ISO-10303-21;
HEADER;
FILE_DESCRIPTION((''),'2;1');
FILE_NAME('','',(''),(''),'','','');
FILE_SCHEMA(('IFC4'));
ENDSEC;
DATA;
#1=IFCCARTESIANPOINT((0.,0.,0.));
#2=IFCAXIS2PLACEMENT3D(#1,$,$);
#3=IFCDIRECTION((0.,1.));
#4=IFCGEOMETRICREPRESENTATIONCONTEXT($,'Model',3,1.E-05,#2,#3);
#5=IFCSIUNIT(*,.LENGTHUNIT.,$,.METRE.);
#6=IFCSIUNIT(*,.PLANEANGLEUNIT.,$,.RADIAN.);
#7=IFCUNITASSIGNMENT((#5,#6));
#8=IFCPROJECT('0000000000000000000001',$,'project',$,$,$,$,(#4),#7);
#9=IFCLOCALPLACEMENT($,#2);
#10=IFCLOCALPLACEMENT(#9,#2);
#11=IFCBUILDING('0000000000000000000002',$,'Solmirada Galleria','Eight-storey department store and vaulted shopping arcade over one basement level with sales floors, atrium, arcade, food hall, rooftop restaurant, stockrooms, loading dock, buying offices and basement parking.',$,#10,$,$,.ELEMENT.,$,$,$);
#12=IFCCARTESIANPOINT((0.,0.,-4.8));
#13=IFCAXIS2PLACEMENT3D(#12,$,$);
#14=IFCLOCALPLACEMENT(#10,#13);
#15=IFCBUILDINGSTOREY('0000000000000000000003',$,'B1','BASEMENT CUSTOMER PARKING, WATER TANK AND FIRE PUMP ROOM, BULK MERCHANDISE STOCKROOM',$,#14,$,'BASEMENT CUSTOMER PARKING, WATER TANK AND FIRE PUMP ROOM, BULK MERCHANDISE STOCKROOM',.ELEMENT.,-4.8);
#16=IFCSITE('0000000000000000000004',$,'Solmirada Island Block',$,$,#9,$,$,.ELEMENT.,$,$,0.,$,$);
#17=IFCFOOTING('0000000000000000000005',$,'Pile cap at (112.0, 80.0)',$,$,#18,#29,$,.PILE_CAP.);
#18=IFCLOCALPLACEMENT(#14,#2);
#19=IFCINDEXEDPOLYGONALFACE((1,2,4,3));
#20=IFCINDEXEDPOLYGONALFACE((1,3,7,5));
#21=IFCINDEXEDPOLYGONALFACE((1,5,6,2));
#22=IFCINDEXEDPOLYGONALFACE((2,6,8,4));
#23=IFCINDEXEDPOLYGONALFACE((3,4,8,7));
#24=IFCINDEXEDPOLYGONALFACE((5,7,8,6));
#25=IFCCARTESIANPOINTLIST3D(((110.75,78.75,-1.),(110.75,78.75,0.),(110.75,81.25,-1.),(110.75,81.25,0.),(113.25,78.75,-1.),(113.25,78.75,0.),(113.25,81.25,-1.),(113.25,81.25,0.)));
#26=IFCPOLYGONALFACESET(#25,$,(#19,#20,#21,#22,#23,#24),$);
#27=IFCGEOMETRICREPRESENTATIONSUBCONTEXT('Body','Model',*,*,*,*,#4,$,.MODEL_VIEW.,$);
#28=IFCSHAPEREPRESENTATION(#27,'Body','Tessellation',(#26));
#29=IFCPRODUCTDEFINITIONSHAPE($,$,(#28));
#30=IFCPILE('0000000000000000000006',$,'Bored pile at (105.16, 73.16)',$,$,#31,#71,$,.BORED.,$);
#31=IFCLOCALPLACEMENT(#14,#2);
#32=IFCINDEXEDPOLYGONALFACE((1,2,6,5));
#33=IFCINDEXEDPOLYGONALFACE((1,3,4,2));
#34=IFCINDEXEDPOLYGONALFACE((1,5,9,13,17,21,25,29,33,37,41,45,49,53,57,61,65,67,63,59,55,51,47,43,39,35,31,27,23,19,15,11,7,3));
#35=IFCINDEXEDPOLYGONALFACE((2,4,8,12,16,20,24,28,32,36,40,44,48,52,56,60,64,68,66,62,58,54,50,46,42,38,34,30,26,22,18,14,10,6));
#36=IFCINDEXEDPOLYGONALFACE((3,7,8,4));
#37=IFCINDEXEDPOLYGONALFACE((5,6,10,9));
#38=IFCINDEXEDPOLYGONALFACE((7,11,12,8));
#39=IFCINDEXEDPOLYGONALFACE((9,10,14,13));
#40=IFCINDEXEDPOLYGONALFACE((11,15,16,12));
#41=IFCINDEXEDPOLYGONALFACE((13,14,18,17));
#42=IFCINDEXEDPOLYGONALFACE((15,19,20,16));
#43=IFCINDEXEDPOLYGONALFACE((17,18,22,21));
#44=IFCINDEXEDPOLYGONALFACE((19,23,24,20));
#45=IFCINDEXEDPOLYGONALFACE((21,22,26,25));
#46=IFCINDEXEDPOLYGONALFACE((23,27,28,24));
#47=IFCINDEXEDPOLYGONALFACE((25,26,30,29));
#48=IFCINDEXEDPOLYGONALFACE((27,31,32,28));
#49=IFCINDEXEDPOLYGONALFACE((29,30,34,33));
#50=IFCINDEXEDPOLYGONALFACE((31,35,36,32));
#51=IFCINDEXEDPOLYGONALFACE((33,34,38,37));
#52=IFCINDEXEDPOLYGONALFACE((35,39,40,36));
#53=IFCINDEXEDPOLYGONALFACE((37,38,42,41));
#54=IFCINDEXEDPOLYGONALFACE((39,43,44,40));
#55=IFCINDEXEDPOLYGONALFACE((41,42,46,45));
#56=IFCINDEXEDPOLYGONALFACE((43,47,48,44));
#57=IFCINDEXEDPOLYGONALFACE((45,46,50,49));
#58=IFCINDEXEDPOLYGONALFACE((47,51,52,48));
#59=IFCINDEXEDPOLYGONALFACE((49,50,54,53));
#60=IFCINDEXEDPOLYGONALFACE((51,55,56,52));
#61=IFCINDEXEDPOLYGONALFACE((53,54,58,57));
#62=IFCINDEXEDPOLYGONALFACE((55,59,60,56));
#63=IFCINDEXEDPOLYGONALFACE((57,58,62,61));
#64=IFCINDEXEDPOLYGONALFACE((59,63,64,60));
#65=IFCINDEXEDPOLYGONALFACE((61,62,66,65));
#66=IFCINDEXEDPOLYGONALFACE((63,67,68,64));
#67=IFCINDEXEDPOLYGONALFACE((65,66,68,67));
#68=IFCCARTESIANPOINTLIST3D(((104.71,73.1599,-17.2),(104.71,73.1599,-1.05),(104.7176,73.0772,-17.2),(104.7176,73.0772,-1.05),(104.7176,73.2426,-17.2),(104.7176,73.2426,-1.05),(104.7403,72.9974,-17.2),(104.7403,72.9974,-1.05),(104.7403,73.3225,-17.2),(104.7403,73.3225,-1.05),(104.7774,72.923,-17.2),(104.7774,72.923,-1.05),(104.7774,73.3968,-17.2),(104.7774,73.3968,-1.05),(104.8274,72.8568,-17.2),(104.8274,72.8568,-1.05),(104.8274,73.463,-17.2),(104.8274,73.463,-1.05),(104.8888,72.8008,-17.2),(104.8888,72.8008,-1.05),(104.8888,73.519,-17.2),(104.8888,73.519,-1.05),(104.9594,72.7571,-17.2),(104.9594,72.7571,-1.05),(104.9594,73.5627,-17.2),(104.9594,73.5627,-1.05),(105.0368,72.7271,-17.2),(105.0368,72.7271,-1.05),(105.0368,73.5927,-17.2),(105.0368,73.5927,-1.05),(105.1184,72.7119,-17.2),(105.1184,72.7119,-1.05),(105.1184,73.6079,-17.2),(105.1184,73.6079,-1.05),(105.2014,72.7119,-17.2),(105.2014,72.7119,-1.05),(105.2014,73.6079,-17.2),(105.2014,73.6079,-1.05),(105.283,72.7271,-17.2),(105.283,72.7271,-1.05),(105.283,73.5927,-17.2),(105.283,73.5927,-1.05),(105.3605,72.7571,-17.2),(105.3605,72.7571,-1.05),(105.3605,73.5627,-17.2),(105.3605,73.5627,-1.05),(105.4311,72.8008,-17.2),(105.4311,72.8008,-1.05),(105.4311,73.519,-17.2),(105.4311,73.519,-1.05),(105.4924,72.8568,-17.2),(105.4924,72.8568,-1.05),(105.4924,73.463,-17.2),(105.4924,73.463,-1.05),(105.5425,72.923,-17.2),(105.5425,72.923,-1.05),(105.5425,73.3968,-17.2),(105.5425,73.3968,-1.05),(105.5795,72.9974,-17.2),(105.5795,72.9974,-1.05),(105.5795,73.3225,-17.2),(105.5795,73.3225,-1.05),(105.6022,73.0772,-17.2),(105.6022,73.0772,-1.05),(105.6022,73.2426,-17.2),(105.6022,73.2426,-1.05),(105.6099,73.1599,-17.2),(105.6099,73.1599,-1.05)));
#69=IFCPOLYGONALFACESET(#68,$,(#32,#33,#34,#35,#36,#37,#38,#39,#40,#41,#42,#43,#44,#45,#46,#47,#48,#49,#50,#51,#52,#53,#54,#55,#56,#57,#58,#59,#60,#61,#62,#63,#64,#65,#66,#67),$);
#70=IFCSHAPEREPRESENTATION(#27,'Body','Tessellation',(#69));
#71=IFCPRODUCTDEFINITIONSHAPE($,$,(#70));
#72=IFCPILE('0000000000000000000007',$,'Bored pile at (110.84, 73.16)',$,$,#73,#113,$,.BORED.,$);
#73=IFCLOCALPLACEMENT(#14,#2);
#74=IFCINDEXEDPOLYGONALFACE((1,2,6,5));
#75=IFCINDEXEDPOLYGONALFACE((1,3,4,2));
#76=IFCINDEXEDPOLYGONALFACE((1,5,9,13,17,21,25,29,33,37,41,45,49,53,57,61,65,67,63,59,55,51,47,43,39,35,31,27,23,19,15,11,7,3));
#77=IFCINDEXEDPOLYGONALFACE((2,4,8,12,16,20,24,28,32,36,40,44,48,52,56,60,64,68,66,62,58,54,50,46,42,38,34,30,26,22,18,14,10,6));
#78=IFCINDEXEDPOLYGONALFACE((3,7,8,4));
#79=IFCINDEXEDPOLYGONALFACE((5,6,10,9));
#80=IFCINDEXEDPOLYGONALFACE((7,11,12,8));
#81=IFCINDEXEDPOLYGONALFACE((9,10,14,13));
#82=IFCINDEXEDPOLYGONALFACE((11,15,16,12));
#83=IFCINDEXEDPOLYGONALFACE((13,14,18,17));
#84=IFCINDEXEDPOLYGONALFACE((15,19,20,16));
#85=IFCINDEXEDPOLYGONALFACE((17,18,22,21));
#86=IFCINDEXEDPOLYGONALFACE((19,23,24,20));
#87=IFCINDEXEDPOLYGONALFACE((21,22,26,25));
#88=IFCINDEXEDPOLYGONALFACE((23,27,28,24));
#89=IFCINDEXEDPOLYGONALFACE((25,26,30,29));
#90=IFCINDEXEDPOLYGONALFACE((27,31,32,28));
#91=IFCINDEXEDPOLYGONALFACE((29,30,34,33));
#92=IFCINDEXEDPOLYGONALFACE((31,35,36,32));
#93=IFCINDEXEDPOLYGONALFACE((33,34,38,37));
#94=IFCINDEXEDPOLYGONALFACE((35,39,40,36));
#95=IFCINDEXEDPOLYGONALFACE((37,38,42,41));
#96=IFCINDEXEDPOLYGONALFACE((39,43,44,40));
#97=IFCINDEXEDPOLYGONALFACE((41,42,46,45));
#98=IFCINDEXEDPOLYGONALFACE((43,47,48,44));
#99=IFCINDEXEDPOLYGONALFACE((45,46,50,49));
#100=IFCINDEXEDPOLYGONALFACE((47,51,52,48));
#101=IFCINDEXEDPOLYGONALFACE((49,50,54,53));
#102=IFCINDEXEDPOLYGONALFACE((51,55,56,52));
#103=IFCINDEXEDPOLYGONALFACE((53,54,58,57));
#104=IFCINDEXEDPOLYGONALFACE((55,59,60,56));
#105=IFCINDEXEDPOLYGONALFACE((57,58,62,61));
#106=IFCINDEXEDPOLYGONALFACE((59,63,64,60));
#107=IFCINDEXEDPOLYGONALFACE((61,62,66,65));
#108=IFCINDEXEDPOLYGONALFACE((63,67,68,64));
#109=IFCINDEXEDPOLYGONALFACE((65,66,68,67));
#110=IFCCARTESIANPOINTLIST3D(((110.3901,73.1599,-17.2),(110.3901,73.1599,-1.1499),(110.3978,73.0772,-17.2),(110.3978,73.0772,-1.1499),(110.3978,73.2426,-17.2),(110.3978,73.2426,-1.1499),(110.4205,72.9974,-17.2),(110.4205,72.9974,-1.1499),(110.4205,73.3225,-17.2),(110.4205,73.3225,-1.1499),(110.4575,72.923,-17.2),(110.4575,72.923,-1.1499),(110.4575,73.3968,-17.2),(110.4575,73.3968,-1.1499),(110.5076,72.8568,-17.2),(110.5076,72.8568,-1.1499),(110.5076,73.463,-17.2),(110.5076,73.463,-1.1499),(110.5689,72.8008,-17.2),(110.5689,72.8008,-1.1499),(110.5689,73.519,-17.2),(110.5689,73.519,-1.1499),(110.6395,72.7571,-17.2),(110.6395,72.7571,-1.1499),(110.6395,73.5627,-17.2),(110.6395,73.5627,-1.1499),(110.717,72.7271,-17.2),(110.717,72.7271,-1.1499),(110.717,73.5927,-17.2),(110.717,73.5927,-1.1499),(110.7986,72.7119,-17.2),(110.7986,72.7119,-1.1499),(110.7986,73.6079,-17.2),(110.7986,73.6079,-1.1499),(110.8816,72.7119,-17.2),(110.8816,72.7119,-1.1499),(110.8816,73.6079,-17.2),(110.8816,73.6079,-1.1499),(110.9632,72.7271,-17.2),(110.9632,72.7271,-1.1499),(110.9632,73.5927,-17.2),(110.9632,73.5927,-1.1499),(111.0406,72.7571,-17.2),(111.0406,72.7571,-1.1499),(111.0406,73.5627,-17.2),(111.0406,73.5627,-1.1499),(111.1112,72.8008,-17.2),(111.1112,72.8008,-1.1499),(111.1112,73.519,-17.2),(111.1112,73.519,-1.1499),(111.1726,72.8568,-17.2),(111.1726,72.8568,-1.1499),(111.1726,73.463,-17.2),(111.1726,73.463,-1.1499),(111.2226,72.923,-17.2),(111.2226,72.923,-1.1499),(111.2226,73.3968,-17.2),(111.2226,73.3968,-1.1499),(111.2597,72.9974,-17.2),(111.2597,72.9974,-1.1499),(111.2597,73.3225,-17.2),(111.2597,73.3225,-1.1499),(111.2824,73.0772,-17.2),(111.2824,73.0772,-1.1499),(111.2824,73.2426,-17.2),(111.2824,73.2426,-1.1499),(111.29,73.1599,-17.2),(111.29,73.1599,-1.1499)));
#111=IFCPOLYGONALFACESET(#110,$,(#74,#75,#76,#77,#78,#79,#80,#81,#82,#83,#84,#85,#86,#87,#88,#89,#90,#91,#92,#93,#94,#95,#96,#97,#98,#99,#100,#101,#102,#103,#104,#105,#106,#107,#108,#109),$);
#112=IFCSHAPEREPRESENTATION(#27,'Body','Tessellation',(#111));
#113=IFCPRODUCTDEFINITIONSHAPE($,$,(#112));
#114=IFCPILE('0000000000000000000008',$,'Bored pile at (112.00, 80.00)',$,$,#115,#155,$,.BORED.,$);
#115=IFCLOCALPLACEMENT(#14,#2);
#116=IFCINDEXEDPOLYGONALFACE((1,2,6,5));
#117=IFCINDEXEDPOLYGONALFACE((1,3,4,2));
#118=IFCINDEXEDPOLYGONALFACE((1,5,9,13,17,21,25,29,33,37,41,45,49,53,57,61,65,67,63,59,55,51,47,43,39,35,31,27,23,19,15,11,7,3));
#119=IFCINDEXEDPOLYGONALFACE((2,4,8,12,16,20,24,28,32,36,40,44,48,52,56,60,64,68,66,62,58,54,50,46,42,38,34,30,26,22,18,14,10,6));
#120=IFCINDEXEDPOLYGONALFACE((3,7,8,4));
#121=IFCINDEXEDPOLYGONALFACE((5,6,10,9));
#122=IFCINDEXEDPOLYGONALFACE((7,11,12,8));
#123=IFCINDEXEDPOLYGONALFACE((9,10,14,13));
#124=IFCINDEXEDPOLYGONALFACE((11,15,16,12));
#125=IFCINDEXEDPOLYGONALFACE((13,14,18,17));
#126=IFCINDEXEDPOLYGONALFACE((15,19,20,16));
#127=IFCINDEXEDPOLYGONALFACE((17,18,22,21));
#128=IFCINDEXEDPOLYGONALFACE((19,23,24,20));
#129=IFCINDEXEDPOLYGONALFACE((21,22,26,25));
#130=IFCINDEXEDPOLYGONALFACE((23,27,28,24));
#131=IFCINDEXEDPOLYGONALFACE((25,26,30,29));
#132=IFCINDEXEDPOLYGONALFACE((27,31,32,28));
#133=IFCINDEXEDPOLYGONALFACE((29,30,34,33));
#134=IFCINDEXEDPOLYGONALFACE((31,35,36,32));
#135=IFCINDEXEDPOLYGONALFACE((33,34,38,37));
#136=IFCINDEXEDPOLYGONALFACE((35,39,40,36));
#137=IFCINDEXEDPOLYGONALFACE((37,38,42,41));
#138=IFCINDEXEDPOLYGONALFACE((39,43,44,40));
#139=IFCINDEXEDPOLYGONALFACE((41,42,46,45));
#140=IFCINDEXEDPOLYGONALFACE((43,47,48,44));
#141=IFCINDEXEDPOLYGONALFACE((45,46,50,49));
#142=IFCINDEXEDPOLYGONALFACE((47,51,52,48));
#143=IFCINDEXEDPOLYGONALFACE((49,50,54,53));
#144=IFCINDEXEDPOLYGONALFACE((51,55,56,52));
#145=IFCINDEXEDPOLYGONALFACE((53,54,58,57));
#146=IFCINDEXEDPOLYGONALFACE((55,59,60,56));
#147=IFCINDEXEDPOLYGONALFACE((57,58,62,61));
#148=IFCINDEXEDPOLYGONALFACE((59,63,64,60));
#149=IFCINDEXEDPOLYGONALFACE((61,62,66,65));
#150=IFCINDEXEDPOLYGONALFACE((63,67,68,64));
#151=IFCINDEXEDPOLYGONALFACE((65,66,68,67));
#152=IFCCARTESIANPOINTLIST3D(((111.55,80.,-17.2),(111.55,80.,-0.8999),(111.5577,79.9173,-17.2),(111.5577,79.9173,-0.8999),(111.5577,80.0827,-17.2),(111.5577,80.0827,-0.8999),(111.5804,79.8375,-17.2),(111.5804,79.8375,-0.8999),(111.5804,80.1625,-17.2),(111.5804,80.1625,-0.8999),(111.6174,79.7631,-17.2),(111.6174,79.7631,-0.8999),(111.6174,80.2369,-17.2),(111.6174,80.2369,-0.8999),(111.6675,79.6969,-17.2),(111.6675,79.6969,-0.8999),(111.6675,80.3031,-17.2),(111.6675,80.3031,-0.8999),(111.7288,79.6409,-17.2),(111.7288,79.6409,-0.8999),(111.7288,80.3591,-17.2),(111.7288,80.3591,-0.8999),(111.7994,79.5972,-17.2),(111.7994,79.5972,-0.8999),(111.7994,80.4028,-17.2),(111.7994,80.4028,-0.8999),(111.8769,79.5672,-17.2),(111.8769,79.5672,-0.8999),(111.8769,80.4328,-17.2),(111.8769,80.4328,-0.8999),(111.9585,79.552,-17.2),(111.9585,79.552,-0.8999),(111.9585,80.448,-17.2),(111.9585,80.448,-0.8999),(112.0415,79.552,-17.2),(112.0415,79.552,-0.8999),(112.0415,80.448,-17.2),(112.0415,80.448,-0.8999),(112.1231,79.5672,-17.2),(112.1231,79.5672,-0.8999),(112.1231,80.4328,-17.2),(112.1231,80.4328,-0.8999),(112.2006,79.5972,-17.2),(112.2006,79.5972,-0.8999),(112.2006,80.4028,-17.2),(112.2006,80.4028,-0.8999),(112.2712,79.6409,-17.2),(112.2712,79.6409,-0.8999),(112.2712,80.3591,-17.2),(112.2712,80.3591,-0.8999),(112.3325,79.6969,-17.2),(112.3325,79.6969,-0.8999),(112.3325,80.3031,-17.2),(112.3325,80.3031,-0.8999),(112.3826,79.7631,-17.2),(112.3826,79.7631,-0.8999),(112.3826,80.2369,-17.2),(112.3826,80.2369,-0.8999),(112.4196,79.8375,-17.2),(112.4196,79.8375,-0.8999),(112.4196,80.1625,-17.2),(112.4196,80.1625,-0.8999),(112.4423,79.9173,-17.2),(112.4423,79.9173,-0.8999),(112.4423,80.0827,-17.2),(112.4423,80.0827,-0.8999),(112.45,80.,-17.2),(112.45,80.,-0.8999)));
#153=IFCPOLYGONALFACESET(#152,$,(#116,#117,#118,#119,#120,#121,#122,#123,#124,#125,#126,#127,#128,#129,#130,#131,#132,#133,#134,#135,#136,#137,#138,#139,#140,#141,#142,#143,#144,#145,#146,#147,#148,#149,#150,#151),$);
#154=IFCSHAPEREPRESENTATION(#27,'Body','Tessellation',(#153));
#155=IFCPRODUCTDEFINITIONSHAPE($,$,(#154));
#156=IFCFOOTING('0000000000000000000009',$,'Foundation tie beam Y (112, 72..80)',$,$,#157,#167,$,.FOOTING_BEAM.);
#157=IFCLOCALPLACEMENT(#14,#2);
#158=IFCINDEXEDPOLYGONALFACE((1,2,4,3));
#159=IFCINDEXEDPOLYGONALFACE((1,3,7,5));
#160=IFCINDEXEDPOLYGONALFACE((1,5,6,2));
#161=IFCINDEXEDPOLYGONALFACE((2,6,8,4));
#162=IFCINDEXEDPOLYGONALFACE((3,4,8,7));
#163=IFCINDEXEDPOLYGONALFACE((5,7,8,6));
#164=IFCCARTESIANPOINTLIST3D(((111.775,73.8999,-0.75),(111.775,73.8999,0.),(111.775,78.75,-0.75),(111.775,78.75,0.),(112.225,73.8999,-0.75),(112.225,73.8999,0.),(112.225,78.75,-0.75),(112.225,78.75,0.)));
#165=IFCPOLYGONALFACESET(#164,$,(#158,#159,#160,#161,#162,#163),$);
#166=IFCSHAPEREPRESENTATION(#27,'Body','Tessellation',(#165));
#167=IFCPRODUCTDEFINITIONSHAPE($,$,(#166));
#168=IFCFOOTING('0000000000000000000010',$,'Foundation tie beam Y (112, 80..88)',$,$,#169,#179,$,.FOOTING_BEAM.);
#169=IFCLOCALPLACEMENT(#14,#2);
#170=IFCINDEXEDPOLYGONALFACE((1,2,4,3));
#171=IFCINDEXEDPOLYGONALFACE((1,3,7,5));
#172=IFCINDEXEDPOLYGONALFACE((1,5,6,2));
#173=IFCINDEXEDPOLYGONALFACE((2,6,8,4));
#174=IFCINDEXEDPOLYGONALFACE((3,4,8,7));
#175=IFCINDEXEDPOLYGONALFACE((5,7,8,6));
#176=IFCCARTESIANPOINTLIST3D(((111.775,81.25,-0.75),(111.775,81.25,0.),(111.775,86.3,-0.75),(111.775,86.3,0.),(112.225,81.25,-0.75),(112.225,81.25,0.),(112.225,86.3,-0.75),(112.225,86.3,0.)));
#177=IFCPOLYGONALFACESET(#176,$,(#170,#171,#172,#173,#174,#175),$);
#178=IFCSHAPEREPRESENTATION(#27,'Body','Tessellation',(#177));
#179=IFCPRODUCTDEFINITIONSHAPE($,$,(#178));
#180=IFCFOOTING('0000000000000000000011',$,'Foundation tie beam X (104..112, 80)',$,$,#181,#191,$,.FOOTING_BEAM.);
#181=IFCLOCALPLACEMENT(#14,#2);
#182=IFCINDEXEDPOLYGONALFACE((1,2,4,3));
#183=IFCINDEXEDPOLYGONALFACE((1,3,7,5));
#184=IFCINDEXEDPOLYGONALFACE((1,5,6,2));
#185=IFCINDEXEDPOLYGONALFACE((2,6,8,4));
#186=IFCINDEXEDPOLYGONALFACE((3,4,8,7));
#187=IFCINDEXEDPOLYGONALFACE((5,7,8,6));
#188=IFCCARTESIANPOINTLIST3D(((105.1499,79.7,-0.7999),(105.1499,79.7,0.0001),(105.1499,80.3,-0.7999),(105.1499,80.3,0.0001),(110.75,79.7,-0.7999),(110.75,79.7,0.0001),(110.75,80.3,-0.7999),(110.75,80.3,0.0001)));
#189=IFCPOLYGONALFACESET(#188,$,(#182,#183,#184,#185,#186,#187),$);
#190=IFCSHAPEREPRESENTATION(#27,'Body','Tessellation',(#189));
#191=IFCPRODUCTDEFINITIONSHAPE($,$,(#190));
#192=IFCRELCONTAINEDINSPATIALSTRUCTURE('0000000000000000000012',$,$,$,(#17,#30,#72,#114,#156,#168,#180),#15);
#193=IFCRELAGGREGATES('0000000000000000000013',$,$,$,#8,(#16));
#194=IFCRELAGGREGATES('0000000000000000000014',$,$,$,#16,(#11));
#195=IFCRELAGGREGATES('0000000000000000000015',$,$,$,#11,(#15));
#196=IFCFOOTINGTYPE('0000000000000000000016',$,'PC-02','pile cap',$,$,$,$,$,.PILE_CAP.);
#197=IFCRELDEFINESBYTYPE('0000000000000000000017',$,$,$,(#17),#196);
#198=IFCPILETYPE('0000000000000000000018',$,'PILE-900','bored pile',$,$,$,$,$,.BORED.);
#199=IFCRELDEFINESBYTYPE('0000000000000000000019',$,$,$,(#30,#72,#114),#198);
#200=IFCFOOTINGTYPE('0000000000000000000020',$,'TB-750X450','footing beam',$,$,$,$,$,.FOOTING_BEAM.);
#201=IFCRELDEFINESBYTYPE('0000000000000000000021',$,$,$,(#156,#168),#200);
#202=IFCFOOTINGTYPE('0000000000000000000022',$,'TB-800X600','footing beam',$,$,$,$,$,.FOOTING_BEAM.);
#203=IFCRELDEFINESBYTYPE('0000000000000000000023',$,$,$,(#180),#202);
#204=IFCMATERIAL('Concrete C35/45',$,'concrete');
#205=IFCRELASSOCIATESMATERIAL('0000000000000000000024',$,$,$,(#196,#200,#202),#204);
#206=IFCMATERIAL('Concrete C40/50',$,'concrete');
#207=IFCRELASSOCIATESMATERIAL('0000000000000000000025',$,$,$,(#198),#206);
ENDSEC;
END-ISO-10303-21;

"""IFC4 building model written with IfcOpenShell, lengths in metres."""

from ifc_helpers import new_model, si_unit, direction, frame, origin, origin_2d, place, context, subcontext, project, spatial, rectangle, circle, extrude, material, material_profile, profile_set, type_object, element, save


model = new_model("IFC4")

# Units and contexts
model_context = context("Model", 3, precision=1e-05, world=origin(), true_north=direction((0.0, 1.0)))
body_context = subcontext(model_context, "Body", "Model", "MODEL_VIEW")
ifc_project = project(units=[si_unit("LENGTHUNIT", "METRE"), si_unit("PLANEANGLEUNIT", "RADIAN")], contexts=[model_context])

# Site, building, storey
site_placement = place(None, origin())
site = spatial("IfcSite", under=ifc_project, at=site_placement, Name="Solmirada Island Block", CompositionType="ELEMENT", RefElevation=0.0)
building_placement = place(site_placement, origin())
building = spatial("IfcBuilding", under=site, at=building_placement, Name="Solmirada Galleria", Description="Eight-storey department store and vaulted shopping arcade over one basement level with sales floors, atrium, arcade, food hall, rooftop restaurant, stockrooms, loading dock, buying offices and basement parking.", CompositionType="ELEMENT")
storey_placement = place(building_placement, frame((0.0, 0.0, -4.8)))
storey = spatial("IfcBuildingStorey", under=building, at=storey_placement, Name="B1", Description="BASEMENT CUSTOMER PARKING, WATER TANK AND FIRE PUMP ROOM, BULK MERCHANDISE STOCKROOM", LongName="BASEMENT CUSTOMER PARKING, WATER TANK AND FIRE PUMP ROOM, BULK MERCHANDISE STOCKROOM", CompositionType="ELEMENT", Elevation=-4.8)

# Footing
ifc_material_1 = material(Name="Concrete C35/45", Category="concrete")
footing_type_1 = type_object("IfcFootingType", Name="PC-02", Description="pile cap", PredefinedType="PILE_CAP", material=ifc_material_1)
footing_1_placement = place(storey_placement, frame((112.0, 80.0, -1.0), z_axis=(0.0, 0.0, 1.0), x_axis=(1.0, 0.0, 0.0)))
element("IfcFooting", 1, at=footing_1_placement, inside=storey, type_object=footing_type_1, Name="Pile cap at (112.0, 80.0)", PredefinedType="PILE_CAP", context=body_context, shape_type="SweptSolid", body=[
    extrude(rectangle(XDim=2.5, YDim=2.5, at=origin_2d()), origin(), (0.0, 0.0, 1.0), 1.0),
])

# Piles
ifc_material_2 = material(Name="Concrete C40/50", Category="concrete")
ifc_material_profile_1 = material_profile(ifc_material_2, circle(Radius=0.45, at=origin_2d()), Name="PILE900")
ifc_profile_set_1 = profile_set([ifc_material_profile_1], Name="Concrete C40/50")
pile_type = type_object("IfcPileType", Name="PILE-900", Description="bored pile", PredefinedType="BORED", material=ifc_profile_set_1)
pile_1_placement = place(storey_placement, frame((105.1599, 73.1599, -1.05), z_axis=(0.0, 0.0, -1.0), x_axis=(1.0, 0.0, 0.0)))
element("IfcPile", 2, at=pile_1_placement, inside=storey, type_object=pile_type, Name="Bored pile at (105.16, 73.16)", PredefinedType="BORED", context=body_context, shape_type="SweptSolid", body=[
    extrude(circle(Radius=0.45, at=origin_2d()), origin(), (0.0, 0.0, 1.0), 16.1499),
])
pile_2_placement = place(storey_placement, frame((110.8401, 73.1599, -1.1499), z_axis=(0.0, 0.0, -1.0), x_axis=(1.0, 0.0, 0.0)))
element("IfcPile", 3, at=pile_2_placement, inside=storey, type_object=pile_type, Name="Bored pile at (110.84, 73.16)", PredefinedType="BORED", context=body_context, shape_type="SweptSolid", body=[
    extrude(circle(Radius=0.45, at=origin_2d()), origin(), (0.0, 0.0, 1.0), 16.05),
])
pile_3_placement = place(storey_placement, frame((112.0, 80.0, -0.8999), z_axis=(0.0, 0.0, -1.0), x_axis=(1.0, 0.0, 0.0)))
element("IfcPile", 4, at=pile_3_placement, inside=storey, type_object=pile_type, Name="Bored pile at (112.00, 80.00)", PredefinedType="BORED", context=body_context, shape_type="SweptSolid", body=[
    extrude(circle(Radius=0.45, at=origin_2d()), origin(), (0.0, 0.0, 1.0), 16.3),
])

# Footings
ifc_material_profile_2 = material_profile(ifc_material_1, rectangle(XDim=0.45, YDim=0.75, at=origin_2d()), Name="RC750X450")
ifc_profile_set_2 = profile_set([ifc_material_profile_2], Name="Concrete C35/45")
footing_type_2 = type_object("IfcFootingType", Name="TB-750X450", Description="footing beam", PredefinedType="FOOTING_BEAM", material=ifc_profile_set_2)
footing_2_placement = place(storey_placement, frame((112.0, 73.8999, -0.375), z_axis=(0.0, 1.0, 0.0), x_axis=(-1.0, 0.0, 0.0)))
element("IfcFooting", 5, at=footing_2_placement, inside=storey, type_object=footing_type_2, Name="Foundation tie beam Y (112, 72..80)", PredefinedType="FOOTING_BEAM", context=body_context, shape_type="SweptSolid", body=[
    extrude(rectangle(XDim=0.45, YDim=0.75, at=origin_2d()), origin(), (0.0, 0.0, 1.0), 4.8501),
])
footing_3_placement = place(storey_placement, frame((112.0, 81.25, -0.375), z_axis=(0.0, 1.0, 0.0), x_axis=(-1.0, 0.0, 0.0)))
element("IfcFooting", 6, at=footing_3_placement, inside=storey, type_object=footing_type_2, Name="Foundation tie beam Y (112, 80..88)", PredefinedType="FOOTING_BEAM", context=body_context, shape_type="SweptSolid", body=[
    extrude(rectangle(XDim=0.45, YDim=0.75, at=origin_2d()), origin(), (0.0, 0.0, 1.0), 5.05),
])
ifc_material_profile_3 = material_profile(ifc_material_1, rectangle(XDim=0.6001, YDim=0.8, at=origin_2d()), Name="RC800X600")
ifc_profile_set_3 = profile_set([ifc_material_profile_3], Name="Concrete C35/45")
footing_type_3 = type_object("IfcFootingType", Name="TB-800X600", Description="footing beam", PredefinedType="FOOTING_BEAM", material=ifc_profile_set_3)
footing_4_placement = place(storey_placement, frame((105.1499, 80.0, -0.3999), z_axis=(1.0, 0.0, 0.0), x_axis=(0.0, 1.0, 0.0)))
element("IfcFooting", 7, at=footing_4_placement, inside=storey, type_object=footing_type_3, Name="Foundation tie beam X (104..112, 80)", PredefinedType="FOOTING_BEAM", context=body_context, shape_type="SweptSolid", body=[
    extrude(rectangle(XDim=0.6001, YDim=0.8, at=origin_2d()), origin(), (0.0, 0.0, 1.0), 5.6001),
])

save(model, "model.ifc")
